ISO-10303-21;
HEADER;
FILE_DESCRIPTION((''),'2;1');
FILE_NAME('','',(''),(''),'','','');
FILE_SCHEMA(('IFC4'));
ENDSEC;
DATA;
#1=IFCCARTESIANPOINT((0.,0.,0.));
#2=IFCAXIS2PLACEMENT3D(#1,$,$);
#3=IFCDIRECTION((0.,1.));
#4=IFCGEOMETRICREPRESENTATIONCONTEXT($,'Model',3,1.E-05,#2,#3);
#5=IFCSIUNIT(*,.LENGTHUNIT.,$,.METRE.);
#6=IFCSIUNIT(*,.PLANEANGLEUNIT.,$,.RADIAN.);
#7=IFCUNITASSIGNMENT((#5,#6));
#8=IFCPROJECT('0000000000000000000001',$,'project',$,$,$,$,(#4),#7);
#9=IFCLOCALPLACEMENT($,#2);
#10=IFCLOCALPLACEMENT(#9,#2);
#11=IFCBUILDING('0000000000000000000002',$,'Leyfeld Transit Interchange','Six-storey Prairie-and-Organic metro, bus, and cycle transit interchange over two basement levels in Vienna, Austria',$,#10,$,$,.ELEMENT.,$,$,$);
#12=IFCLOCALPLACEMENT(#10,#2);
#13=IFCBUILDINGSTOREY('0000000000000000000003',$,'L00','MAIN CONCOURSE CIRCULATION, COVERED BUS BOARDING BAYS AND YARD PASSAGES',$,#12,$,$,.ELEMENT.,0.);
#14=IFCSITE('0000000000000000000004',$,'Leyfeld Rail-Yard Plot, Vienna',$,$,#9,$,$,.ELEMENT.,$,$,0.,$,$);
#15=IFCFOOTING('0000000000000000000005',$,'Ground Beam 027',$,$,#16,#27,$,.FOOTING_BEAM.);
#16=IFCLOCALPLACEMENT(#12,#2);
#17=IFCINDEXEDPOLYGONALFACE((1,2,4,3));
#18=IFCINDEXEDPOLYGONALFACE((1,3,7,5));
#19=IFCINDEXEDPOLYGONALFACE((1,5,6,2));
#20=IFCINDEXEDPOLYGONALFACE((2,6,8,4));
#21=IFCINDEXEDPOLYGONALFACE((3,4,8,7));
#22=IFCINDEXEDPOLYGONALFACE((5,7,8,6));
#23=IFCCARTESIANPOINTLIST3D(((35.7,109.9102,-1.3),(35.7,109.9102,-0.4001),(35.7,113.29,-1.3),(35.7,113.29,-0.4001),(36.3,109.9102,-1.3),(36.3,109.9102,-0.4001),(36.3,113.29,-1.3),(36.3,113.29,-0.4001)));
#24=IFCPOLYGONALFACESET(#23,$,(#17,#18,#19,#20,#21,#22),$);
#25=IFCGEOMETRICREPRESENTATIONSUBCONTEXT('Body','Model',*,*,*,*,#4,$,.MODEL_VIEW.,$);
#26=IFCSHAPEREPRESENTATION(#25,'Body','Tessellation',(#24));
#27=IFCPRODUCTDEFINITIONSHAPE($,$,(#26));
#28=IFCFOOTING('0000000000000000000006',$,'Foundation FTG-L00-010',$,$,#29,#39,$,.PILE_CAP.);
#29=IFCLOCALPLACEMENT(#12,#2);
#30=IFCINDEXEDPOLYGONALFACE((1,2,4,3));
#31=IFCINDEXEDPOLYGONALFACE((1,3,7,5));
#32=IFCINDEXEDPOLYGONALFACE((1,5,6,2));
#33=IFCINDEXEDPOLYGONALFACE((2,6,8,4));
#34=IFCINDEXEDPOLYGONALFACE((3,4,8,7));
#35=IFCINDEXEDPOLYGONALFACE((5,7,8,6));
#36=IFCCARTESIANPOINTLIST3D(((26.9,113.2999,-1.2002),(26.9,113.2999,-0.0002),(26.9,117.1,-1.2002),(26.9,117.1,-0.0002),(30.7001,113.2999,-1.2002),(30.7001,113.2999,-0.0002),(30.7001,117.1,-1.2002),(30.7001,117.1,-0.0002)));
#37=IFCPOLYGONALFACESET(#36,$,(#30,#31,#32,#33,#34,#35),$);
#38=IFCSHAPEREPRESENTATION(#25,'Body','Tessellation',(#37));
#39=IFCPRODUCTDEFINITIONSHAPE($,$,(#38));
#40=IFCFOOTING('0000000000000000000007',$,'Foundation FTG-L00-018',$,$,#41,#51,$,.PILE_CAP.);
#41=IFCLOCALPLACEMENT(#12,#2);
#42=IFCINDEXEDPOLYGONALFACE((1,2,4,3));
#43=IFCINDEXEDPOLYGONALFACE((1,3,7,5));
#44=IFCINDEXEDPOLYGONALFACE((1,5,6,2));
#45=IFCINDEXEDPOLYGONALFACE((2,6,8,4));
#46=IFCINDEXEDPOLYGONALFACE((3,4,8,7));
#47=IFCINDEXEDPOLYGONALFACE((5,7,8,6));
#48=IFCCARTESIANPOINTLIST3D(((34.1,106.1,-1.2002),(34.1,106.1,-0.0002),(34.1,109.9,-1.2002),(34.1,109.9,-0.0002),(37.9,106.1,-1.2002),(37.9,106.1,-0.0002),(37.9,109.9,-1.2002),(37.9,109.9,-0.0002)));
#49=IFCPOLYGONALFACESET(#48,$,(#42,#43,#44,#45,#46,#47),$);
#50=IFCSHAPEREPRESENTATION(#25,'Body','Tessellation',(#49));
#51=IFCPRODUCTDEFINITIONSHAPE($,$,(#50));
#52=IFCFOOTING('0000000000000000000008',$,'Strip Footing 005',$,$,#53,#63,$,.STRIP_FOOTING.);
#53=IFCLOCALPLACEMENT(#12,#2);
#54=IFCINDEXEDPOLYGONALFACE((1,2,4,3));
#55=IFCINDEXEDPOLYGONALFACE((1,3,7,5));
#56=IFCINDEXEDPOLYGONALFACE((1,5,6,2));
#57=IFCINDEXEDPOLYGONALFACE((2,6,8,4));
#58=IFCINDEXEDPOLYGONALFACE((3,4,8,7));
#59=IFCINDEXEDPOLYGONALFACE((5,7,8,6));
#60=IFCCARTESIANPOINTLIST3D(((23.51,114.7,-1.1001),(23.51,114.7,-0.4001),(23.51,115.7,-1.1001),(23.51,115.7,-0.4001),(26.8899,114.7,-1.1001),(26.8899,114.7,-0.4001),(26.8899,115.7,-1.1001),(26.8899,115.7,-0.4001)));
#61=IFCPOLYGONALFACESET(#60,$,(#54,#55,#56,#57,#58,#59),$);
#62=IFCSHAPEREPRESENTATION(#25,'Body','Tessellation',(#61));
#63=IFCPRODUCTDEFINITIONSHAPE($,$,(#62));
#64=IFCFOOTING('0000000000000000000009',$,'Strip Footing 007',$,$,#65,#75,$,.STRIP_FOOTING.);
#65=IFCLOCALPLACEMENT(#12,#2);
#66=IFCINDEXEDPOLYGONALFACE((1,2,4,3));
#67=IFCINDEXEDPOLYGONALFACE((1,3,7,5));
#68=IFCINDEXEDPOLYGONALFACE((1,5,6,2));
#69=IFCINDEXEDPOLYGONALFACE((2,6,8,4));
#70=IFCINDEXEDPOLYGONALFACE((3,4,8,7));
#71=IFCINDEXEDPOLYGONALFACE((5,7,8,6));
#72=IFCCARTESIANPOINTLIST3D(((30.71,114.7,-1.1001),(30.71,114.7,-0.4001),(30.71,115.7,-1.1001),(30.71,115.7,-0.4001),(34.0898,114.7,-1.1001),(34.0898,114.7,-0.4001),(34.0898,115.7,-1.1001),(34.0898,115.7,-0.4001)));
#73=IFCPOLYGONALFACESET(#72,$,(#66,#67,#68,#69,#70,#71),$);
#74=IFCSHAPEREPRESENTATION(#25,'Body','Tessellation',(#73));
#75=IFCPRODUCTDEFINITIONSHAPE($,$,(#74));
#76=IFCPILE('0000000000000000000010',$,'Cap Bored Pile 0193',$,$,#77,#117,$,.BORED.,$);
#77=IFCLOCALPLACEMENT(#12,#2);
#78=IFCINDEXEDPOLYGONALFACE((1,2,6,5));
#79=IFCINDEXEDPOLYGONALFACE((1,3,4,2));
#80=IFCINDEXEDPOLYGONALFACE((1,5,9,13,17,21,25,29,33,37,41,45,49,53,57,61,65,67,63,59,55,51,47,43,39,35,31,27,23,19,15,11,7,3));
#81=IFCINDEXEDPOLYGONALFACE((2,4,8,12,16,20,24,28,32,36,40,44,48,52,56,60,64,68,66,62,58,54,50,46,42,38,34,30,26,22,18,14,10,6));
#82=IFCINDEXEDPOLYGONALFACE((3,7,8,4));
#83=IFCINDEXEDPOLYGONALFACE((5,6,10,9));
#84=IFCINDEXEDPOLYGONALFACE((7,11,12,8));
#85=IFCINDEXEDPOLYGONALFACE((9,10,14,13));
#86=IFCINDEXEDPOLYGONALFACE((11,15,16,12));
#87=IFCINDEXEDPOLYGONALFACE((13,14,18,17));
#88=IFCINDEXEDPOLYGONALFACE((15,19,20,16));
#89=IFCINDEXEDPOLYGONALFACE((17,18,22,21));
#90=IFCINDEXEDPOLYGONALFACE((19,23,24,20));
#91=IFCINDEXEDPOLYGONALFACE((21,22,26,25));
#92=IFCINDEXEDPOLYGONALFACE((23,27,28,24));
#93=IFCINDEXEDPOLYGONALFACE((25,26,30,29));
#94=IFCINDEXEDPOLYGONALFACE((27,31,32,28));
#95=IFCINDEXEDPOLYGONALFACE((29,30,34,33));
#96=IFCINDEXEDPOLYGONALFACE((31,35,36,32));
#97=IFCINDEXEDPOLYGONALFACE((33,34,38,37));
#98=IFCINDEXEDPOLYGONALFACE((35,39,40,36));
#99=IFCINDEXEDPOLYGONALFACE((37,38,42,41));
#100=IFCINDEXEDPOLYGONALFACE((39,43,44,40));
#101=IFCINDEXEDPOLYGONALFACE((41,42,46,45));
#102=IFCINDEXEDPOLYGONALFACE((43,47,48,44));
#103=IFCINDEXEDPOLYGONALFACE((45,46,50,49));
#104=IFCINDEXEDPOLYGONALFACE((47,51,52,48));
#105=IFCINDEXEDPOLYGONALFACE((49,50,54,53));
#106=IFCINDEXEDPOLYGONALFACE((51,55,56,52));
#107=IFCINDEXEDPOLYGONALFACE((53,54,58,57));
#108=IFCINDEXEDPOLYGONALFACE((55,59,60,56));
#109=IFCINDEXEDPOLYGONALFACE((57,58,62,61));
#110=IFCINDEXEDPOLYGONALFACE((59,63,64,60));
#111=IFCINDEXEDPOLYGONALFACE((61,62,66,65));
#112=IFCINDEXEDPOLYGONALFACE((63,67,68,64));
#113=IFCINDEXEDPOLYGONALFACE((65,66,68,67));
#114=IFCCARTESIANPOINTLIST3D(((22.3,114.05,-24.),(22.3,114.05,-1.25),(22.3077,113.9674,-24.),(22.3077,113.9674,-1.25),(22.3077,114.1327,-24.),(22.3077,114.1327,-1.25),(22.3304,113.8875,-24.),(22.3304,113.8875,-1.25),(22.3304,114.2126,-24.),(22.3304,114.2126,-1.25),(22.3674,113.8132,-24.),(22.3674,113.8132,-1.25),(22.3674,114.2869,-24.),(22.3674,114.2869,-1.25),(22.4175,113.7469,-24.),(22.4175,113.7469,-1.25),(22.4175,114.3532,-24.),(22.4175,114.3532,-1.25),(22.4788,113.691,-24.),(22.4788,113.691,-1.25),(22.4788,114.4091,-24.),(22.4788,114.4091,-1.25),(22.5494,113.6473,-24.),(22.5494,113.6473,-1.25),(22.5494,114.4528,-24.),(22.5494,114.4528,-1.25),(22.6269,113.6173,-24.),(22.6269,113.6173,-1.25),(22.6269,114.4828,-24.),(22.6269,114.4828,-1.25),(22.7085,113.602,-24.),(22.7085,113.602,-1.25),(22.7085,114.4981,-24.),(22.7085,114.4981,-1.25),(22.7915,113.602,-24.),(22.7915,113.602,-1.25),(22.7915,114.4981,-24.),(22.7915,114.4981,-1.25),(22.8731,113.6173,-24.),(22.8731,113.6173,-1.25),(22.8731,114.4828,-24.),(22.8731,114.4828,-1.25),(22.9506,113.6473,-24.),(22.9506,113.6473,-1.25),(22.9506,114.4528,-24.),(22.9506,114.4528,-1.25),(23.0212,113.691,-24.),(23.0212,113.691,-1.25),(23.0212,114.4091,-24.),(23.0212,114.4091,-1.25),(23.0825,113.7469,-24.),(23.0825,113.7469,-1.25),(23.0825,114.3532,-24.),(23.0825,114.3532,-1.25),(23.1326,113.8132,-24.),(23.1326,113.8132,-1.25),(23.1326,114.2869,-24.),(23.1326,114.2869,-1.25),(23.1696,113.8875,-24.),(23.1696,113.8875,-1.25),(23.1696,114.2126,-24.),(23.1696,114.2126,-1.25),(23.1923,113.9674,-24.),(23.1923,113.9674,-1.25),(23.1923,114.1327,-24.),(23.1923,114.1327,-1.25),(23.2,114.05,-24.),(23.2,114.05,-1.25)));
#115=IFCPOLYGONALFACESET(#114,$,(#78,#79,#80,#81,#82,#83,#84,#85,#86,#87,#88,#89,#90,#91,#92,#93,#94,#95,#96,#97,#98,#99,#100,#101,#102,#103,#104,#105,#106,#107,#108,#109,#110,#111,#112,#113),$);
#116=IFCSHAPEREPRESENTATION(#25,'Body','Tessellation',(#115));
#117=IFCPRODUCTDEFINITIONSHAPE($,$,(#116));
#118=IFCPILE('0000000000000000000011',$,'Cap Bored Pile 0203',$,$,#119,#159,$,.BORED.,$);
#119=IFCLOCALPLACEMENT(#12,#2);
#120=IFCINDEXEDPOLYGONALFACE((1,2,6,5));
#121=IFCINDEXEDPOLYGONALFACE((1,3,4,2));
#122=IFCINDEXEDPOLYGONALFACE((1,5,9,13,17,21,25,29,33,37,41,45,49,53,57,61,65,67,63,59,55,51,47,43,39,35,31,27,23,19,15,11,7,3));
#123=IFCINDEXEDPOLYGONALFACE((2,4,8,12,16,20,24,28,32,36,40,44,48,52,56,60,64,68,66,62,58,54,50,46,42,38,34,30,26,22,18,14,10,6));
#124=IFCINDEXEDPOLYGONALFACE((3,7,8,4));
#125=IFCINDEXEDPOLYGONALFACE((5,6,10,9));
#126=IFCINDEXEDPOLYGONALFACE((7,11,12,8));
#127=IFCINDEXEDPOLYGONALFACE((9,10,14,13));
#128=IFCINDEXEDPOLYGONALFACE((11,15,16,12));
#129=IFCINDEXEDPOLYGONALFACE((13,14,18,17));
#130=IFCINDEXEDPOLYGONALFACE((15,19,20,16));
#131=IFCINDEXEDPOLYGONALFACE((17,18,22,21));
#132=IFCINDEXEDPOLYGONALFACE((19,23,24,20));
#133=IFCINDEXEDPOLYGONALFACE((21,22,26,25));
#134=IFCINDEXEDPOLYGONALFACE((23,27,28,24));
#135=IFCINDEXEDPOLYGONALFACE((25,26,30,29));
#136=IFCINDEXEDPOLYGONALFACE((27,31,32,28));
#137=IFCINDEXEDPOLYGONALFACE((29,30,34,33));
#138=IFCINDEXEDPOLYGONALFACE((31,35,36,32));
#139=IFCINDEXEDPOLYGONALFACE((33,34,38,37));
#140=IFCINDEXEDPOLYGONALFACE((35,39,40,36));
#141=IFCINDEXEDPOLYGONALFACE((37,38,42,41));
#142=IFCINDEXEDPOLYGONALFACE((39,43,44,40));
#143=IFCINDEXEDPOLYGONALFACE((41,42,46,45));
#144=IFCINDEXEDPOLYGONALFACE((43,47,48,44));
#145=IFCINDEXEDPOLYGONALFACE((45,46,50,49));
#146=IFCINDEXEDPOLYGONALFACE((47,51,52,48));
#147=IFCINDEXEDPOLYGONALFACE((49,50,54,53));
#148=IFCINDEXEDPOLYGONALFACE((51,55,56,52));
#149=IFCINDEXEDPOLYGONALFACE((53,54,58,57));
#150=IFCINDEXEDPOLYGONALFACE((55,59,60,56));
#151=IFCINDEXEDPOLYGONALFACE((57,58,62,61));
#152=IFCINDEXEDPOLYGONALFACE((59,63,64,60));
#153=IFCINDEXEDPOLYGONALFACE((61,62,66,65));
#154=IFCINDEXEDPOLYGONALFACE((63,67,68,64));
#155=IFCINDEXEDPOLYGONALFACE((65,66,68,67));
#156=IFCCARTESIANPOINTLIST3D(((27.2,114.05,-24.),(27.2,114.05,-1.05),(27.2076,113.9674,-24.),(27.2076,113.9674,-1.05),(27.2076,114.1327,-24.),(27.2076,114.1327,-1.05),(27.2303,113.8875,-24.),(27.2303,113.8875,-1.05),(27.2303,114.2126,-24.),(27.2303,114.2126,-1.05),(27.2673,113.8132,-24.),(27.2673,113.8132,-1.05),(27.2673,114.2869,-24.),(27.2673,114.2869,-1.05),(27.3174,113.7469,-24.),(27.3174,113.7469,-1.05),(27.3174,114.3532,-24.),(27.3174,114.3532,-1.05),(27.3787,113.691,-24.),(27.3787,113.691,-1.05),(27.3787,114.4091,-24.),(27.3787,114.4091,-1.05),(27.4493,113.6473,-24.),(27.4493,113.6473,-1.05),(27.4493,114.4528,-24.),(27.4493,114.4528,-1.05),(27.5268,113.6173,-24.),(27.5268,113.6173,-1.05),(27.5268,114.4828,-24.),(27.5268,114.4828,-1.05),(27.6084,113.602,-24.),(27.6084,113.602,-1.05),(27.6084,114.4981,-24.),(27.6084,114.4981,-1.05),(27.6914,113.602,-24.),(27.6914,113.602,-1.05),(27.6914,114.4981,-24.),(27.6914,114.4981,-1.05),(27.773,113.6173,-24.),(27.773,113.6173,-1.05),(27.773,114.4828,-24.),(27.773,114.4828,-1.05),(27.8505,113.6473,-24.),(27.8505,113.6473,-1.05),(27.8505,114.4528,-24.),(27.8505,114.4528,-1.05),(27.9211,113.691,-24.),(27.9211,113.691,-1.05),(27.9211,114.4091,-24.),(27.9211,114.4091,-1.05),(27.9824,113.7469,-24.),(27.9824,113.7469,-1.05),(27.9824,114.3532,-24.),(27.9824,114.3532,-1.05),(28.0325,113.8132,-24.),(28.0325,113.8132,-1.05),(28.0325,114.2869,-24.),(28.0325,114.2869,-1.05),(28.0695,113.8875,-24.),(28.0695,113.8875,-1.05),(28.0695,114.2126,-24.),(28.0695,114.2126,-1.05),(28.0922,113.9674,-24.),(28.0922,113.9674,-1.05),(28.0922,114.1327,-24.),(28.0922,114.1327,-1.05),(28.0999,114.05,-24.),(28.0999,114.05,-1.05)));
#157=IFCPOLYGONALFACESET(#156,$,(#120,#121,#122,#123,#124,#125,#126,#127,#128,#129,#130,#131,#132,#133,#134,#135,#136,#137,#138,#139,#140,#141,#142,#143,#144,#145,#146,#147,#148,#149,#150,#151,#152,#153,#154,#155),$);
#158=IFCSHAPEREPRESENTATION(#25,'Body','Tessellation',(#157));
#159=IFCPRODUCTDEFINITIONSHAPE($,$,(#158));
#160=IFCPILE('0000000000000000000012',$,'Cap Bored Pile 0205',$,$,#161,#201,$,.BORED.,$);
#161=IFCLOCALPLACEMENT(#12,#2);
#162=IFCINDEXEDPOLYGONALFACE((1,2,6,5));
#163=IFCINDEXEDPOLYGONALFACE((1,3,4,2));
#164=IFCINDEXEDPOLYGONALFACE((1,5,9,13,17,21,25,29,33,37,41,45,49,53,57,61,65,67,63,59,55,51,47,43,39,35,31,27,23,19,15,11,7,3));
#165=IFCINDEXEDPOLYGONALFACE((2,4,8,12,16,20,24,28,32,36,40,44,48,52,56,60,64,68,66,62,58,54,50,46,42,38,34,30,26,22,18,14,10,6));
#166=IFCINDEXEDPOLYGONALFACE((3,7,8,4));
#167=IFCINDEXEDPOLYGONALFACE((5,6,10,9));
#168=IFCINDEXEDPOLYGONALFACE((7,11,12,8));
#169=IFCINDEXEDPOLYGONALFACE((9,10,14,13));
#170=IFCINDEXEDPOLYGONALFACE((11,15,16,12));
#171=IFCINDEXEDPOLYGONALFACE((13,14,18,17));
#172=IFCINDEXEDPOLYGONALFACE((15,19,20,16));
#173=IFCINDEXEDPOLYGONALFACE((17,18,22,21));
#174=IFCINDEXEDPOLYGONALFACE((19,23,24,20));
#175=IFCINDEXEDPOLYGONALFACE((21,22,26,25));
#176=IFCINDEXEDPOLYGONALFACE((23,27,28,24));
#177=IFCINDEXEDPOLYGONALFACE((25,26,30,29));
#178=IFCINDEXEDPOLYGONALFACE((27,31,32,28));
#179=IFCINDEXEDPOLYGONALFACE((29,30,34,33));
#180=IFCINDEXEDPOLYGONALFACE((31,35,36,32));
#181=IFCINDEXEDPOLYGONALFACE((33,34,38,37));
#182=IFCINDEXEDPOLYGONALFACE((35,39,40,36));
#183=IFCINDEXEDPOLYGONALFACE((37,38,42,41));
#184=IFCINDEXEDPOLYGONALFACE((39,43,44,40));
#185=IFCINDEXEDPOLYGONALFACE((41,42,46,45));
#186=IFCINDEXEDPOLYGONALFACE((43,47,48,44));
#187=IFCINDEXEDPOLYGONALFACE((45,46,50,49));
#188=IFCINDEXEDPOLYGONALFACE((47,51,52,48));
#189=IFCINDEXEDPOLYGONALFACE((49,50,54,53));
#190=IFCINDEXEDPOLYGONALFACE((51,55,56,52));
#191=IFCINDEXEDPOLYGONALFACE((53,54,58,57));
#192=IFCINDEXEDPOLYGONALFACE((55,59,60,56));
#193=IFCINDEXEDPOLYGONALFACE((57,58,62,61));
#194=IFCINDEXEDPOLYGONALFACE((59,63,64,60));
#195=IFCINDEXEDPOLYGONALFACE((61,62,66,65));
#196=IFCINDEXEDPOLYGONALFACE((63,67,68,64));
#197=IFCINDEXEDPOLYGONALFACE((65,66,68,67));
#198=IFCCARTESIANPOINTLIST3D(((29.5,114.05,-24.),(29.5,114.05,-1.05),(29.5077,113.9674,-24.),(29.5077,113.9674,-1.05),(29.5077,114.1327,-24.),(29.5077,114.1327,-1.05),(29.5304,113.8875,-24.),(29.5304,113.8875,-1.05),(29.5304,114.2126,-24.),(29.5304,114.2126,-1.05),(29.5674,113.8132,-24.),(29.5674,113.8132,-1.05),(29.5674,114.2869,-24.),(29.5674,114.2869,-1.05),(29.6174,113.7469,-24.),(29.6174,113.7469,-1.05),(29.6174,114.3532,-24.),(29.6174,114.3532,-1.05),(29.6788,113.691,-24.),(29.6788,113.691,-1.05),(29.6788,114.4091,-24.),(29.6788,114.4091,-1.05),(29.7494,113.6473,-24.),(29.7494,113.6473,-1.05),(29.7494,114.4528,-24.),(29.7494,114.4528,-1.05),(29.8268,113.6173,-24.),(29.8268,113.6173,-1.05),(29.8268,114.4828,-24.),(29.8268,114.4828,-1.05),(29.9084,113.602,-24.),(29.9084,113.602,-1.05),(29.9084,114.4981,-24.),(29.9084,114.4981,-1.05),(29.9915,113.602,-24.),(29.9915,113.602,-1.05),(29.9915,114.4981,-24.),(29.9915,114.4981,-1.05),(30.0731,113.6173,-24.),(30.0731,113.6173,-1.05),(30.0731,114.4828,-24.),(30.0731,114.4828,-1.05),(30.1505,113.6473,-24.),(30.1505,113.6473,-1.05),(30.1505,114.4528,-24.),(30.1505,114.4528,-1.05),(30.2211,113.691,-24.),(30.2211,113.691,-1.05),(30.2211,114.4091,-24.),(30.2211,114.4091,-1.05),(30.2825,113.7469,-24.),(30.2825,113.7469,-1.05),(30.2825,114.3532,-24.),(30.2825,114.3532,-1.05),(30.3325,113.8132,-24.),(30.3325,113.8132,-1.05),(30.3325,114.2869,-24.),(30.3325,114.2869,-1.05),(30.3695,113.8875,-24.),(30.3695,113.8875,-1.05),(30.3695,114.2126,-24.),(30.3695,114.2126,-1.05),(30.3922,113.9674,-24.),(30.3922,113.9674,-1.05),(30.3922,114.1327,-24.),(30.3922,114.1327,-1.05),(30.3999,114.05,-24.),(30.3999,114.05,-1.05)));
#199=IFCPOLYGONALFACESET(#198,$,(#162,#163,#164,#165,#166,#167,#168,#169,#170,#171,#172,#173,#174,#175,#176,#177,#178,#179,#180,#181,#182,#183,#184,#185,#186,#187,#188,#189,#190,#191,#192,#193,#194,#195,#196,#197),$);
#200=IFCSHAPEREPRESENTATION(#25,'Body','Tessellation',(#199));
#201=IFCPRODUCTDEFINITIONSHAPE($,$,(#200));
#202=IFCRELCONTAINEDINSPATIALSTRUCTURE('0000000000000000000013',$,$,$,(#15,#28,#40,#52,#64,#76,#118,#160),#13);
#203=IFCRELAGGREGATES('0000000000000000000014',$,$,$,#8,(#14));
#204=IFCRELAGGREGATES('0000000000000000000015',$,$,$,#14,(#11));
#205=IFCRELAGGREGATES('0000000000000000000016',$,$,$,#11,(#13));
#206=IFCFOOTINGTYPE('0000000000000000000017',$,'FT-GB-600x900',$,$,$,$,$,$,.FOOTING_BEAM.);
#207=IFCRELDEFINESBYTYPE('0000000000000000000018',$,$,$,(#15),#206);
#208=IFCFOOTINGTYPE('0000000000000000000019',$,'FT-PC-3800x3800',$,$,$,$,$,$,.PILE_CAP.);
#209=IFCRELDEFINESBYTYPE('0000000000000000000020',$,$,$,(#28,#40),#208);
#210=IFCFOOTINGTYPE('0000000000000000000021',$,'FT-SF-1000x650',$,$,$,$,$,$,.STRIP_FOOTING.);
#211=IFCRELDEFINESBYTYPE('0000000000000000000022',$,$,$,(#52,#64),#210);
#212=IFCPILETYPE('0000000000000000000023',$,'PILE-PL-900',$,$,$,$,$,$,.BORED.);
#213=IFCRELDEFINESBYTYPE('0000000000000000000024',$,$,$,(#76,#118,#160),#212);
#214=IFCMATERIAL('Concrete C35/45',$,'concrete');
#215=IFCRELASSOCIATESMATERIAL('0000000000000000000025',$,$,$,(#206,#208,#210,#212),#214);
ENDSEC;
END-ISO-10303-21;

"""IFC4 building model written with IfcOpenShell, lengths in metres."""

from ifc_helpers import new_model, si_unit, direction, frame, origin, origin_2d, place, context, subcontext, project, spatial, rectangle, circle, extrude, material, material_profile, profile_set, type_object, element, save


model = new_model("IFC4")

# Units and contexts
model_context = context("Model", 3, precision=1e-05, world=origin(), true_north=direction((0.0, 1.0)))
body_context = subcontext(model_context, "Body", "Model", "MODEL_VIEW")
ifc_project = project(units=[si_unit("LENGTHUNIT", "METRE"), si_unit("PLANEANGLEUNIT", "RADIAN")], contexts=[model_context])

# Site, building, storey
site_placement = place(None, origin())
site = spatial("IfcSite", under=ifc_project, at=site_placement, Name="Leyfeld Rail-Yard Plot, Vienna", CompositionType="ELEMENT", RefElevation=0.0)
building_placement = place(site_placement, origin())
building = spatial("IfcBuilding", under=site, at=building_placement, Name="Leyfeld Transit Interchange", Description="Six-storey Prairie-and-Organic metro, bus, and cycle transit interchange over two basement levels in Vienna, Austria", CompositionType="ELEMENT")
storey_placement = place(building_placement, origin())
storey = spatial("IfcBuildingStorey", under=building, at=storey_placement, Name="L00", Description="MAIN CONCOURSE CIRCULATION, COVERED BUS BOARDING BAYS AND YARD PASSAGES", CompositionType="ELEMENT", Elevation=0.0)

# Footings
ifc_material_1 = material(Name="Concrete C35/45", Category="concrete")
footing_type_1 = type_object("IfcFootingType", Name="FT-GB-600x900", PredefinedType="FOOTING_BEAM", material=ifc_material_1)
footing_placement = place(storey_placement, frame((36.0, 111.6001, -1.3), z_axis=(0.0, 0.0, 1.0), x_axis=(1.0, 0.0, 0.0)))
element("IfcFooting", 1, at=footing_placement, inside=storey, type_object=footing_type_1, Name="Ground Beam 027", PredefinedType="FOOTING_BEAM", context=body_context, shape_type="SweptSolid", body=[
    extrude(rectangle(XDim=0.6001, YDim=3.3799, at=origin_2d()), origin(), (0.0, 0.0, 1.0), 0.8999),
])
footing_type_2 = type_object("IfcFootingType", Name="FT-PC-3800x3800", PredefinedType="PILE_CAP", material=ifc_material_1)
for number, where, z_axis, x_axis, name in (
    (2, (28.8, 115.2, -1.2002), (0.0, 0.0, 1.0), (1.0, 0.0, 0.0), "Foundation FTG-L00-010"),
    (3, (36.0, 108.0, -1.2002), (0.0, 0.0, 1.0), (1.0, 0.0, 0.0), "Foundation FTG-L00-018"),
):
    element("IfcFooting", number, at=place(storey_placement, frame(where, z_axis=z_axis, x_axis=x_axis)), inside=storey, type_object=footing_type_2, Name=name, PredefinedType="PILE_CAP", context=body_context, shape_type="SweptSolid", body=[
        extrude(rectangle(XDim=3.8, YDim=3.8, at=origin_2d()), origin(), (0.0, 0.0, 1.0), 1.2),
    ])
footing_type_3 = type_object("IfcFootingType", Name="FT-SF-1000x650", PredefinedType="STRIP_FOOTING", material=ifc_material_1)
for number, where, z_axis, x_axis, name in (
    (4, (25.2, 115.2, -1.1001), (0.0, 0.0, 1.0), (1.0, 0.0, 0.0), "Strip Footing 005"),
    (5, (32.3999, 115.2, -1.1001), (0.0, 0.0, 1.0), (1.0, 0.0, 0.0), "Strip Footing 007"),
):
    element("IfcFooting", number, at=place(storey_placement, frame(where, z_axis=z_axis, x_axis=x_axis)), inside=storey, type_object=footing_type_3, Name=name, PredefinedType="STRIP_FOOTING", context=body_context, shape_type="SweptSolid", body=[
        extrude(rectangle(XDim=3.3799, YDim=1.0, at=origin_2d()), origin(), (0.0, 0.0, 1.0), 0.7),
    ])

# Piles
ifc_material_profile_1 = material_profile(ifc_material_1, circle(Radius=0.45, at=origin_2d()), Name="PILE D900")
ifc_profile_set_1 = profile_set([ifc_material_profile_1], Name="Concrete C35/45")
pile_type = type_object("IfcPileType", Name="PILE-PL-900", PredefinedType="BORED", material=ifc_profile_set_1)
pile_placement = place(storey_placement, frame((22.75, 114.05, -1.25), z_axis=(0.0, 0.0, -1.0), x_axis=(1.0, 0.0, 0.0)))
element("IfcPile", 6, at=pile_placement, inside=storey, type_object=pile_type, Name="Cap Bored Pile 0193", PredefinedType="BORED", context=body_context, shape_type="SweptSolid", body=[
    extrude(circle(Radius=0.45, at=origin_2d()), origin(), (0.0, 0.0, 1.0), 22.75),
])
for number, where, z_axis, x_axis, name in (
    (7, (27.6499, 114.05, -1.05), (0.0, 0.0, -1.0), (1.0, 0.0, 0.0), "Cap Bored Pile 0203"),
    (8, (29.95, 114.05, -1.05), (0.0, 0.0, -1.0), (1.0, 0.0, 0.0), "Cap Bored Pile 0205"),
):
    element("IfcPile", number, at=place(storey_placement, frame(where, z_axis=z_axis, x_axis=x_axis)), inside=storey, type_object=pile_type, Name=name, PredefinedType="BORED", context=body_context, shape_type="SweptSolid", body=[
        extrude(circle(Radius=0.45, at=origin_2d()), origin(), (0.0, 0.0, 1.0), 22.95),
    ])

save(model, "model.ifc")
